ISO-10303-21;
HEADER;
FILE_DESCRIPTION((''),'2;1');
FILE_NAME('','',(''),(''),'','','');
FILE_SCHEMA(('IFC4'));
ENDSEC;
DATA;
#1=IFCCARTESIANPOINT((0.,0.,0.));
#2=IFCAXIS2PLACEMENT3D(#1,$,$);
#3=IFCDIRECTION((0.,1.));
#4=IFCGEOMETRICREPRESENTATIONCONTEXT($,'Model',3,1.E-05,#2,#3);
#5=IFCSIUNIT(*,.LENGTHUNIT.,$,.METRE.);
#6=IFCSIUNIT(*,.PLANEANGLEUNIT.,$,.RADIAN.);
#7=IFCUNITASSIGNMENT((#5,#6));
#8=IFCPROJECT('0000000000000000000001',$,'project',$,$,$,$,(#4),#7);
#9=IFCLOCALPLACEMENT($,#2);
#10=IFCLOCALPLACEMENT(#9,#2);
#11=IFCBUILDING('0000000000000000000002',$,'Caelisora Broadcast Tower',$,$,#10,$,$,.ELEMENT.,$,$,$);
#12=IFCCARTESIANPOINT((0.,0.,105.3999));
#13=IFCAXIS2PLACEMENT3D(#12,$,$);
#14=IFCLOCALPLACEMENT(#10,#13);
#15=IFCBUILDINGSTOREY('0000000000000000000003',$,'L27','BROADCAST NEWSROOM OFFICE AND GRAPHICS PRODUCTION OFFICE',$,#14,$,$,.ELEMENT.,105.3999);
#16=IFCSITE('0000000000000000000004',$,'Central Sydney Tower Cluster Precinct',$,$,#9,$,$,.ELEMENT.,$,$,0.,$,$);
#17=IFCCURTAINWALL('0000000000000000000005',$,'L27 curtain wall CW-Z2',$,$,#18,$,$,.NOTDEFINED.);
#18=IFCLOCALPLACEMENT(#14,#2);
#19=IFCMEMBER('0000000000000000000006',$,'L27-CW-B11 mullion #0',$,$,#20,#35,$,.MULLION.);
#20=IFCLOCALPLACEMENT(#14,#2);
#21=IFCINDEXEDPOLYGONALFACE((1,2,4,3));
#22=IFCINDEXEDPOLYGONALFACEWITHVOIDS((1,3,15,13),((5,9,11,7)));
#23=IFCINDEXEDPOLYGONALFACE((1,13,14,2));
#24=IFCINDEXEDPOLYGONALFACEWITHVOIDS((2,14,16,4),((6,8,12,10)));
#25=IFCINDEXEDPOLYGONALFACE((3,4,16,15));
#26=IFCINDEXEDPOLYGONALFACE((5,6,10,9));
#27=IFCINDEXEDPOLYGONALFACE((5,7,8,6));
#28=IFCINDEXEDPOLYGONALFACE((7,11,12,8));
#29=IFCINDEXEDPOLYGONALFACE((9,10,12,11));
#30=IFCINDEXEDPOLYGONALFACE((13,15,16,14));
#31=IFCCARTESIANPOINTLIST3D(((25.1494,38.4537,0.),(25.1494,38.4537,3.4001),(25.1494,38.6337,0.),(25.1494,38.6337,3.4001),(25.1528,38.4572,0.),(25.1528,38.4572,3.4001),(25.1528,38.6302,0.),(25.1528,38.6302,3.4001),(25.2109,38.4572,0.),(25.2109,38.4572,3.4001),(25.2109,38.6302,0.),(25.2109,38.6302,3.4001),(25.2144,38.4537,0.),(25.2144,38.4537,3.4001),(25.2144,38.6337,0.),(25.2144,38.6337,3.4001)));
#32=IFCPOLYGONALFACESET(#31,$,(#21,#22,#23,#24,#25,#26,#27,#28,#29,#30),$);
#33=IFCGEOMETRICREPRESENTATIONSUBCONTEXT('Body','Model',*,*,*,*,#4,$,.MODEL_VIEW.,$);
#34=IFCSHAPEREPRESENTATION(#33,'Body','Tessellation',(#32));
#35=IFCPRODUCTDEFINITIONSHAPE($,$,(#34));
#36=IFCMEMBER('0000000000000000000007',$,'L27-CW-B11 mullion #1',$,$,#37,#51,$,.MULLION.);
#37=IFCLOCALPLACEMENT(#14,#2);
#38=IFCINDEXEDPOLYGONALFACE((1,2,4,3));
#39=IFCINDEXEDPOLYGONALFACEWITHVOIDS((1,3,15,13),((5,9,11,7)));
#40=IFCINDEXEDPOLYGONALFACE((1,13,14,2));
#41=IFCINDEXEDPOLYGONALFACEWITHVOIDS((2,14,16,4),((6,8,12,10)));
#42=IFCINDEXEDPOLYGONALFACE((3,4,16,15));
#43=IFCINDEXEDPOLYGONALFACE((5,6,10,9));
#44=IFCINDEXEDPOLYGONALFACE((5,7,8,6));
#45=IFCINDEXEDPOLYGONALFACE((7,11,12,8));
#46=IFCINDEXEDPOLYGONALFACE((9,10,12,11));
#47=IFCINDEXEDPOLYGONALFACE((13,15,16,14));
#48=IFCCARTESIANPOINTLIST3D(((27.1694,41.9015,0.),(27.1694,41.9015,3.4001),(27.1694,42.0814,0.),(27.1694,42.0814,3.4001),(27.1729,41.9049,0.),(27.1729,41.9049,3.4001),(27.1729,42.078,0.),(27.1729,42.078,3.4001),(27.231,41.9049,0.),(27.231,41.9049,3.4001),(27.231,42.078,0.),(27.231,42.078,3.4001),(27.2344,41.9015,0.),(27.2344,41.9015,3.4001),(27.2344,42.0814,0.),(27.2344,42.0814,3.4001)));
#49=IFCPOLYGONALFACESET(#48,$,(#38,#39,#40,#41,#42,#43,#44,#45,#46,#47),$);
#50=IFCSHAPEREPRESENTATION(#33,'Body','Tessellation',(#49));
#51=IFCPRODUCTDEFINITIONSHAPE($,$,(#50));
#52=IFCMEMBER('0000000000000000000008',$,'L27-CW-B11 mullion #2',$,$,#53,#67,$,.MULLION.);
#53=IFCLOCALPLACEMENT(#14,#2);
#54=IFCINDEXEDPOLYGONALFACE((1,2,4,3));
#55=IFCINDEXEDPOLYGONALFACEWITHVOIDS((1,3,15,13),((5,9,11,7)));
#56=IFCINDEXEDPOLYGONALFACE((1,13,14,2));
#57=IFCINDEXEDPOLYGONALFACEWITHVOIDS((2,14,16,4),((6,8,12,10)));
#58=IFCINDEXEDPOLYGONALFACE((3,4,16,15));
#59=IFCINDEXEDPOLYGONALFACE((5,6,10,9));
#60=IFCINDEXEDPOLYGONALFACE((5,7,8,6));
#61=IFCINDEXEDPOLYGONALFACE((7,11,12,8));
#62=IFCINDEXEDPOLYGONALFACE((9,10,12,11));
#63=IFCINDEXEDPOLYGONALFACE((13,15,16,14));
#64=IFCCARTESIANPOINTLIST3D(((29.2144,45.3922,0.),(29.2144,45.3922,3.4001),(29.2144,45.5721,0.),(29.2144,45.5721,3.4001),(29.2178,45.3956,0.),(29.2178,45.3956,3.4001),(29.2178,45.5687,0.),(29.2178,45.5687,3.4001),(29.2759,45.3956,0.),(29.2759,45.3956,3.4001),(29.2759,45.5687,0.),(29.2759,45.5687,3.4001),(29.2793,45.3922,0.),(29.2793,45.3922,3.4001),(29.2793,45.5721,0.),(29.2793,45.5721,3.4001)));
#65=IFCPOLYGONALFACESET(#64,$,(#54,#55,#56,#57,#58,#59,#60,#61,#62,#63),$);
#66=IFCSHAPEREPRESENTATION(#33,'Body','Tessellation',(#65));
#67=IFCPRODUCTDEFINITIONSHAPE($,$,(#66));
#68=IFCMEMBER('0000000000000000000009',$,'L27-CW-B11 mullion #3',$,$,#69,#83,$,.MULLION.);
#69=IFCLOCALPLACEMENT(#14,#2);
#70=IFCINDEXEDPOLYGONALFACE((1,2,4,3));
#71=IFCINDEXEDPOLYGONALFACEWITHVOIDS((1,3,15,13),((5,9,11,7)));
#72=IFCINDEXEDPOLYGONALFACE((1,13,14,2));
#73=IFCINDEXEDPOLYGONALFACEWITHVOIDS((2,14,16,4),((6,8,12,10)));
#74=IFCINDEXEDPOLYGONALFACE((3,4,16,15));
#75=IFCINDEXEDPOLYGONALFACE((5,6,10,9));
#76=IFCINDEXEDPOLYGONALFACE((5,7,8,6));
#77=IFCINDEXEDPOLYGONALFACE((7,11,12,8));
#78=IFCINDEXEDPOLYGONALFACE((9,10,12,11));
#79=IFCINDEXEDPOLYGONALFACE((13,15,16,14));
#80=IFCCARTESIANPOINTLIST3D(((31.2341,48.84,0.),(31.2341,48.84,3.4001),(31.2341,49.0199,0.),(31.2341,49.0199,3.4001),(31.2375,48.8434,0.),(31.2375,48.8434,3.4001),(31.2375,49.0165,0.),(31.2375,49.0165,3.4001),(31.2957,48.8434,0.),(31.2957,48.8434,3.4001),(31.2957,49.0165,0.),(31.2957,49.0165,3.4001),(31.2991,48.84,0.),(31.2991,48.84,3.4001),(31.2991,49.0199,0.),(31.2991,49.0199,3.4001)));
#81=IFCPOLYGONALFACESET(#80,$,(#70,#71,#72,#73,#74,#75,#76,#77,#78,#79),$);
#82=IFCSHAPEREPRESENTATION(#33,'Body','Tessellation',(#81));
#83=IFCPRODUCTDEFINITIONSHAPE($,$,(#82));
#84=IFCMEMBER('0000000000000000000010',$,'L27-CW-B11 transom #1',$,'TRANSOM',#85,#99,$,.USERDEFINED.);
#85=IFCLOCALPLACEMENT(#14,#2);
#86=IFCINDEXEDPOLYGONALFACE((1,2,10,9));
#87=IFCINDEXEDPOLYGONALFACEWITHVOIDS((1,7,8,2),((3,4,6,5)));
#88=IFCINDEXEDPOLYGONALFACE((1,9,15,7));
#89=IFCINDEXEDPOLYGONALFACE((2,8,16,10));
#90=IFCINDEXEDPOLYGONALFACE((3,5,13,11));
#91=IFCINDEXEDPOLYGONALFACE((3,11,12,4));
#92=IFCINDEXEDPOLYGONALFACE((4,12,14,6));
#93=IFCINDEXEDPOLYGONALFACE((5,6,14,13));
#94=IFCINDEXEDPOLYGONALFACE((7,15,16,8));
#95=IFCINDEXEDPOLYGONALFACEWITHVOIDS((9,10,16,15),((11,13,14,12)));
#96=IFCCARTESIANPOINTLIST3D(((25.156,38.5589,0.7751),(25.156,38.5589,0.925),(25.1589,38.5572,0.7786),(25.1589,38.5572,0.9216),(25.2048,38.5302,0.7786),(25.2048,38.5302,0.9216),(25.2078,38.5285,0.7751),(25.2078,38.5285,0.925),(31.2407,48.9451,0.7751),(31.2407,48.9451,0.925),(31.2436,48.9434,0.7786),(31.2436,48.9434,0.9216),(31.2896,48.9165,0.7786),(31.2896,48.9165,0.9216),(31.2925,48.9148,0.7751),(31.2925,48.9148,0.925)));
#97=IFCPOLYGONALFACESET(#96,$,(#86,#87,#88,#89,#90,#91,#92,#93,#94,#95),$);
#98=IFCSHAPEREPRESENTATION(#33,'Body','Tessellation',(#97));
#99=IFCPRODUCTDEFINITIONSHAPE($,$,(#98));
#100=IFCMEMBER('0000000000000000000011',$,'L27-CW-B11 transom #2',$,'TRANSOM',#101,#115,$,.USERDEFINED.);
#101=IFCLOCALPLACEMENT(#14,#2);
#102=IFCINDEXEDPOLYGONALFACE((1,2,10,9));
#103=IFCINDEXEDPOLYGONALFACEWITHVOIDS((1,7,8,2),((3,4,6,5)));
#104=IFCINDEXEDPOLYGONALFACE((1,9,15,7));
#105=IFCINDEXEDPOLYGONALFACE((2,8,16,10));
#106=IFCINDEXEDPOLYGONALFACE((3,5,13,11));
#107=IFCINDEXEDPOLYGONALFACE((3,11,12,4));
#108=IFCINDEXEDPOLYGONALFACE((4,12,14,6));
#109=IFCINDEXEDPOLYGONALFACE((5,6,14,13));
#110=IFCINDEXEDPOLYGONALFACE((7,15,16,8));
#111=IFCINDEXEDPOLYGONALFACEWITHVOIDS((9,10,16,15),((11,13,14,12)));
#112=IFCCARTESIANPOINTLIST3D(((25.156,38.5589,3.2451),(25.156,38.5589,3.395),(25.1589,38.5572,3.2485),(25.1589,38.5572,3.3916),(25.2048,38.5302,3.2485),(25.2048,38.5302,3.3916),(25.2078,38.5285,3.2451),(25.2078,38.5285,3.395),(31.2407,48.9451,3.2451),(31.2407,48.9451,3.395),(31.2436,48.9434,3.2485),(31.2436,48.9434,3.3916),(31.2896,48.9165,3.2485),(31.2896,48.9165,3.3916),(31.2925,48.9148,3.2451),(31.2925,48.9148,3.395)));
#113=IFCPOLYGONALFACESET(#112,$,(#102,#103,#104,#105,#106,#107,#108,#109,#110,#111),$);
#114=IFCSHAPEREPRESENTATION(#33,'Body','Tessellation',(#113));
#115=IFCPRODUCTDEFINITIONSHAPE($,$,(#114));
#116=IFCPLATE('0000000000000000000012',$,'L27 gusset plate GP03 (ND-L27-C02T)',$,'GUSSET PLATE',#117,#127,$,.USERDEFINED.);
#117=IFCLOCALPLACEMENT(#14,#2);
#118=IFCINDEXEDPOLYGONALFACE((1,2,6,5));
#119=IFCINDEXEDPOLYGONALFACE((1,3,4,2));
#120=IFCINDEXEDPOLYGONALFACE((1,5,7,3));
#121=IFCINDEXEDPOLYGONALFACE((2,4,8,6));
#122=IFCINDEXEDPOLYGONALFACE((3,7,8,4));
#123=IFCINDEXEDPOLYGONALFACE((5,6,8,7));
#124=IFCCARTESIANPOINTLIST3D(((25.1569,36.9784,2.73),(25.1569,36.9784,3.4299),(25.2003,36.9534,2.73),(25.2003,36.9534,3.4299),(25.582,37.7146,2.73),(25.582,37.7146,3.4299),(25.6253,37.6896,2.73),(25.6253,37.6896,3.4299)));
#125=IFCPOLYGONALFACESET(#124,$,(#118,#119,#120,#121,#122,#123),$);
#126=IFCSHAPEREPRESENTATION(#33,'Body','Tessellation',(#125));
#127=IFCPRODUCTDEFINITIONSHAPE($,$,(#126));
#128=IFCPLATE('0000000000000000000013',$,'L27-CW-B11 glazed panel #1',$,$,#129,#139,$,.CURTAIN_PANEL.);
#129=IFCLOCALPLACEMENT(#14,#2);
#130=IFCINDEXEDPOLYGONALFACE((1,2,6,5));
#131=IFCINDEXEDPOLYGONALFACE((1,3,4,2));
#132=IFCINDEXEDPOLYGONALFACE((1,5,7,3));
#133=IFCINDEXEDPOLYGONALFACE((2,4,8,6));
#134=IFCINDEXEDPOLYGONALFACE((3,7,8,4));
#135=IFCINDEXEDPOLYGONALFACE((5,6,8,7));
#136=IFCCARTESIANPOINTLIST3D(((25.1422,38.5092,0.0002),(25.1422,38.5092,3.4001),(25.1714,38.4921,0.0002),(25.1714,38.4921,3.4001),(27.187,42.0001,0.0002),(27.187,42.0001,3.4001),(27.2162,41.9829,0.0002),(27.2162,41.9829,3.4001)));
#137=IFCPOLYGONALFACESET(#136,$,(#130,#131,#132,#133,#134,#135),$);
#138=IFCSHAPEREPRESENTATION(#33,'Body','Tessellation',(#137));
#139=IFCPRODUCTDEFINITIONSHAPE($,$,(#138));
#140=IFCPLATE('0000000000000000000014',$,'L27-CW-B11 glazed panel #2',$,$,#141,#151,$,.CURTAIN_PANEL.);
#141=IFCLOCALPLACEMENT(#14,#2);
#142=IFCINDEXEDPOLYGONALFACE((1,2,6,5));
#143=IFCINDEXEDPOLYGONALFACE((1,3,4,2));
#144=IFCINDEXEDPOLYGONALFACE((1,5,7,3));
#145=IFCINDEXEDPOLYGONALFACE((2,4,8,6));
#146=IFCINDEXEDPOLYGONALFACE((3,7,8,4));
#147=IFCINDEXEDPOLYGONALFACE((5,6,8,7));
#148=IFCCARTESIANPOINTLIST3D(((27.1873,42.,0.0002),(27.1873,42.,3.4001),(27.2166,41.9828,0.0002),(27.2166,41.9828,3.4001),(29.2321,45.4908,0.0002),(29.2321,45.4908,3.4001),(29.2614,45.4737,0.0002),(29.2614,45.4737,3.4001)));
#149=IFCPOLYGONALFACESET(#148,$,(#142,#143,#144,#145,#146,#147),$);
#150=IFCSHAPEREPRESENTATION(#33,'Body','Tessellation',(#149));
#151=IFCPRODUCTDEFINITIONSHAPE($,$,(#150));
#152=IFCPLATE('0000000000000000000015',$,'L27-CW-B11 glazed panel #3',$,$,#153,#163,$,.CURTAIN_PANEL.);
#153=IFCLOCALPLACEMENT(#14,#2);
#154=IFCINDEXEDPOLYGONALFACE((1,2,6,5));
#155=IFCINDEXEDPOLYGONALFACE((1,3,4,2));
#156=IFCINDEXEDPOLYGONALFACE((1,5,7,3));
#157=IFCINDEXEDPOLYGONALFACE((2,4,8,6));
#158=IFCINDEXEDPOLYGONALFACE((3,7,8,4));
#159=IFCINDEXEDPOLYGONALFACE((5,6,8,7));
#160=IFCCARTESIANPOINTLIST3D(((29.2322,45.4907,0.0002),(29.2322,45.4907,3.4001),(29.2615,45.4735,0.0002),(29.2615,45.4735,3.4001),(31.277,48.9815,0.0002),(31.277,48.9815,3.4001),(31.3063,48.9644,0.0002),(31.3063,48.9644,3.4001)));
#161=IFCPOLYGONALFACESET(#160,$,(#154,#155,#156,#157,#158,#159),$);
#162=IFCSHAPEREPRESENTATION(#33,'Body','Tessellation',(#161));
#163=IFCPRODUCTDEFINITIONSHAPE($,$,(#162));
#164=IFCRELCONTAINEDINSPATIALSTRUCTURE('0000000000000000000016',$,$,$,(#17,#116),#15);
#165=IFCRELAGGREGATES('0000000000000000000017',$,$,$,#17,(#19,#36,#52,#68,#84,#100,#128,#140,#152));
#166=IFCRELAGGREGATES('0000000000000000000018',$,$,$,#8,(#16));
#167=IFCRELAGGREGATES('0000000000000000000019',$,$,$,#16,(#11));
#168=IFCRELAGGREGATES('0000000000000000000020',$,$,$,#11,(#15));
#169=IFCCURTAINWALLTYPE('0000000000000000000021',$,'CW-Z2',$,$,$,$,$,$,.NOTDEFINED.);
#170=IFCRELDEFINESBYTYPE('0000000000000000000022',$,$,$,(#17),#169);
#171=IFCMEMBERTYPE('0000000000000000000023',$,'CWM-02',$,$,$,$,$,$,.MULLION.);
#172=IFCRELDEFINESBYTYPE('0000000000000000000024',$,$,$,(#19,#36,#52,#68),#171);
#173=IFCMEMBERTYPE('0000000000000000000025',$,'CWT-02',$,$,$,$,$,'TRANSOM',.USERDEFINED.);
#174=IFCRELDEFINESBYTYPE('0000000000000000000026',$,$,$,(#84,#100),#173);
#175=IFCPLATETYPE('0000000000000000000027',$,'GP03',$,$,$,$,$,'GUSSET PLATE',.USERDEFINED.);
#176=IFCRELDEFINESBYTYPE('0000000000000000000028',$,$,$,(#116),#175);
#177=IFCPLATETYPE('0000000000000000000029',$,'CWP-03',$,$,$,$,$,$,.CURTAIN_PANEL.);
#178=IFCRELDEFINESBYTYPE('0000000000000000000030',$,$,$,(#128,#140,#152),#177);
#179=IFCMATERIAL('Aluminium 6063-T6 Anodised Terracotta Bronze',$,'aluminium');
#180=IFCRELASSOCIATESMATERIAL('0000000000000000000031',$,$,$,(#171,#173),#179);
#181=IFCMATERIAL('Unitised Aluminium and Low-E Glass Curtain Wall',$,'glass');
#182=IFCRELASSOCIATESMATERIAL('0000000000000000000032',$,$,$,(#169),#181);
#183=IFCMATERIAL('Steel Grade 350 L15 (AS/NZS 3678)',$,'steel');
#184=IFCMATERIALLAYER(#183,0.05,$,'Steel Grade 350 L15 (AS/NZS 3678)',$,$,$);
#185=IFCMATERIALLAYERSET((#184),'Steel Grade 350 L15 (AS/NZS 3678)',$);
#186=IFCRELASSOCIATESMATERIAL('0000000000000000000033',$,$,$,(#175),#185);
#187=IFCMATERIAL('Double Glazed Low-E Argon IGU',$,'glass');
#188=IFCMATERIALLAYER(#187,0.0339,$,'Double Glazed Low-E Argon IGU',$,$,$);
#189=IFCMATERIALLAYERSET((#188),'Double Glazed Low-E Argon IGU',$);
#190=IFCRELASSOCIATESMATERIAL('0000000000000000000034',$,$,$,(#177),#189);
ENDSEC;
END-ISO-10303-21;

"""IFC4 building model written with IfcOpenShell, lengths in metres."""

from ifc_helpers import new_model, si_unit, direction, frame, origin, origin_2d, place, context, subcontext, project, spatial, rectangle, hollow_rectangle, extrude, source, transform, mapped, material, layer, layer_set, material_profile, profile_set, type_object, type_shapes, element, aggregate, save


model = new_model("IFC4")

# Units and contexts
model_context = context("Model", 3, precision=1e-05, world=origin(), true_north=direction((0.0, 1.0)))
body_context = subcontext(model_context, "Body", "Model", "MODEL_VIEW")
ifc_project = project(units=[si_unit("LENGTHUNIT", "METRE"), si_unit("PLANEANGLEUNIT", "RADIAN")], contexts=[model_context])

# Site, building, storey
site_placement = place(None, origin())
site = spatial("IfcSite", under=ifc_project, at=site_placement, Name="Central Sydney Tower Cluster Precinct", CompositionType="ELEMENT", RefElevation=0.0)
building_placement = place(site_placement, origin())
building = spatial("IfcBuilding", under=site, at=building_placement, Name="Caelisora Broadcast Tower", CompositionType="ELEMENT")
storey_placement = place(building_placement, frame((0.0, 0.0, 105.3999)))
storey = spatial("IfcBuildingStorey", under=building, at=storey_placement, Name="L27", Description="BROADCAST NEWSROOM OFFICE AND GRAPHICS PRODUCTION OFFICE", CompositionType="ELEMENT", Elevation=105.3999)

# Shared definitions
ifc_material_1 = material(Name="Steel Grade 350 L15 (AS/NZS 3678)", Category="steel")

# Shared definitions
ifc_material_2 = material(Name="Aluminium 6063-T6 Anodised Terracotta Bronze", Category="aluminium")
ifc_material_profile_1 = material_profile(ifc_material_2, hollow_rectangle(XDim=0.0649, YDim=0.1799, WallThickness=0.0034, at=origin_2d()), Name="Aluminium 6063-T6 Anodised Terracotta Bronze")
ifc_profile_set_1 = profile_set([ifc_material_profile_1], Name="Aluminium 6063-T6 Anodised Terracotta Bronze")
member_type_1 = type_object("IfcMemberType", Name="CWM-02", PredefinedType="MULLION", material=ifc_profile_set_1)
shared_shape_1 = source(origin(), body_context, "Body", "SweptSolid", [
    extrude(hollow_rectangle(XDim=0.0649, YDim=0.1799, WallThickness=0.0034, at=origin_2d()), origin(), (0.0, 0.0, 1.0), 3.4001),
])
type_shapes(member_type_1, [shared_shape_1])

# Curtain wall, members
ifc_material_3 = material(Name="Unitised Aluminium and Low-E Glass Curtain Wall", Category="glass")
curtain_wall_type_1 = type_object("IfcCurtainWallType", Name="CW-Z2", PredefinedType="NOTDEFINED", material=ifc_material_3)
curtain_wall_1_placement = place(storey_placement, origin())
curtain_wall_1 = element("IfcCurtainWall", 1, at=curtain_wall_1_placement, inside=storey, type_object=curtain_wall_type_1, Name="L27 curtain wall CW-Z2", PredefinedType="NOTDEFINED")
member_1_placement = place(storey_placement, frame((25.1819, 38.5437, 0.0), z_axis=(0.0, 0.0, 1.0), x_axis=(1.0, 0.0, 0.0)))
member_1 = element("IfcMember", 2, at=member_1_placement, type_object=member_type_1, Name="L27-CW-B11 mullion #0", PredefinedType="MULLION", context=body_context, shape_type="MappedRepresentation", body=[
    mapped(shared_shape_1, transform((0.0, 0.0, 0.0), scale=1.0)),
])
member_2_placement = place(storey_placement, frame((27.2019, 41.9915, 0.0), z_axis=(0.0, 0.0, 1.0), x_axis=(1.0, 0.0, 0.0)))
member_2 = element("IfcMember", 3, at=member_2_placement, type_object=member_type_1, Name="L27-CW-B11 mullion #1", PredefinedType="MULLION", context=body_context, shape_type="MappedRepresentation", body=[
    mapped(shared_shape_1, transform((0.0, 0.0, 0.0), scale=1.0)),
])
member_3_placement = place(storey_placement, frame((29.2468, 45.4822, 0.0), z_axis=(0.0, 0.0, 1.0), x_axis=(1.0, 0.0, 0.0)))
member_3 = element("IfcMember", 4, at=member_3_placement, type_object=member_type_1, Name="L27-CW-B11 mullion #2", PredefinedType="MULLION", context=body_context, shape_type="MappedRepresentation", body=[
    mapped(shared_shape_1, transform((0.0, 0.0, 0.0), scale=1.0)),
])
member_4_placement = place(storey_placement, frame((31.2666, 48.9299, 0.0), z_axis=(0.0, 0.0, 1.0), x_axis=(1.0, 0.0, 0.0)))
member_4 = element("IfcMember", 5, at=member_4_placement, type_object=member_type_1, Name="L27-CW-B11 mullion #3", PredefinedType="MULLION", context=body_context, shape_type="MappedRepresentation", body=[
    mapped(shared_shape_1, transform((0.0, 0.0, 0.0), scale=1.0)),
])
ifc_material_profile_2 = material_profile(ifc_material_2, hollow_rectangle(XDim=0.0601, YDim=0.1499, WallThickness=0.0034, at=origin_2d()), Name="Aluminium 6063-T6 Anodised Terracotta Bronze")
ifc_profile_set_2 = profile_set([ifc_material_profile_2], Name="Aluminium 6063-T6 Anodised Terracotta Bronze")
member_type_2 = type_object("IfcMemberType", Name="CWT-02", ElementType="TRANSOM", PredefinedType="USERDEFINED", material=ifc_profile_set_2)
shared_shape_2 = source(origin(), body_context, "Body", "SweptSolid", [
    extrude(hollow_rectangle(XDim=0.0601, YDim=0.1499, WallThickness=0.0034, at=origin_2d()), origin(), (0.0, 0.0, 1.0), 12.0374),
])
type_shapes(member_type_2, [shared_shape_2])
member_5_placement = place(storey_placement, frame((25.1819, 38.5437, 0.8501), z_axis=(0.505487, 0.862834, 0.0), x_axis=(-0.862834, 0.505487, 0.0)))
member_5 = element("IfcMember", 6, at=member_5_placement, type_object=member_type_2, Name="L27-CW-B11 transom #1", ObjectType="TRANSOM", PredefinedType="USERDEFINED", context=body_context, shape_type="MappedRepresentation", body=[
    mapped(shared_shape_2, transform((0.0, 0.0, 0.0), scale=1.0)),
])
member_6_placement = place(storey_placement, frame((25.1819, 38.5437, 3.3201), z_axis=(0.505487, 0.862834, 0.0), x_axis=(-0.862834, 0.505487, 0.0)))
member_6 = element("IfcMember", 7, at=member_6_placement, type_object=member_type_2, Name="L27-CW-B11 transom #2", ObjectType="TRANSOM", PredefinedType="USERDEFINED", context=body_context, shape_type="MappedRepresentation", body=[
    mapped(shared_shape_2, transform((0.0, 0.0, 0.0), scale=1.0)),
])

# Plates
ifc_layer_1 = layer(ifc_material_1, 0.05, Name="Steel Grade 350 L15 (AS/NZS 3678)")
ifc_layer_set_1 = layer_set([ifc_layer_1], Name="Steel Grade 350 L15 (AS/NZS 3678)")
plate_type_1 = type_object("IfcPlateType", Name="GP03", ElementType="GUSSET PLATE", PredefinedType="USERDEFINED", material=ifc_layer_set_1)
shared_shape_3 = source(origin(), body_context, "Body", "SweptSolid", [
    extrude(rectangle(XDim=0.8501, YDim=0.05, at=origin_2d()), origin(), (0.0, 0.0, 1.0), 0.7),
])
type_shapes(plate_type_1, [shared_shape_3])
plate_1_placement = place(storey_placement, frame((25.3911, 37.334, 2.73), z_axis=(0.0, 0.0, 1.0), x_axis=(-0.5, -0.866025, 0.0)))
element("IfcPlate", 8, at=plate_1_placement, inside=storey, type_object=plate_type_1, Name="L27 gusset plate GP03 (ND-L27-C02T)", ObjectType="GUSSET PLATE", PredefinedType="USERDEFINED", context=body_context, shape_type="MappedRepresentation", body=[
    mapped(shared_shape_3, transform((0.0, 0.0, 0.0), scale=1.0)),
])
ifc_material_4 = material(Name="Double Glazed Low-E Argon IGU", Category="glass")
ifc_layer_2 = layer(ifc_material_4, 0.0339, Name="Double Glazed Low-E Argon IGU")
ifc_layer_set_2 = layer_set([ifc_layer_2], Name="Double Glazed Low-E Argon IGU")
plate_type_2 = type_object("IfcPlateType", Name="CWP-03", PredefinedType="CURTAIN_PANEL", material=ifc_layer_set_2)
shared_shape_4 = source(origin(), body_context, "Body", "SweptSolid", [
    extrude(rectangle(XDim=4.0457, YDim=0.0339, at=origin_2d()), origin(), (0.0, 0.0, 1.0), 3.3999),
])
type_shapes(plate_type_2, [shared_shape_4])
plate_2_placement = place(storey_placement, frame((26.1792, 40.2461, 0.0002), z_axis=(0.0, 0.0, 1.0), x_axis=(0.505431, 0.862867, 0.0)))
plate_2 = element("IfcPlate", 9, at=plate_2_placement, type_object=plate_type_2, Name="L27-CW-B11 glazed panel #1", PredefinedType="CURTAIN_PANEL", context=body_context, shape_type="MappedRepresentation", body=[
    mapped(shared_shape_4, transform((0.0, 0.0, 0.0), scale=1.0)),
])
plate_3_placement = place(storey_placement, frame((28.2244, 43.7368, 0.0002), z_axis=(0.0, 0.0, 1.0), x_axis=(0.505431, 0.862867, 0.0)))
plate_3 = element("IfcPlate", 10, at=plate_3_placement, type_object=plate_type_2, Name="L27-CW-B11 glazed panel #2", PredefinedType="CURTAIN_PANEL", context=body_context, shape_type="MappedRepresentation", body=[
    mapped(shared_shape_4, transform((0.0, 0.0, 0.0), scale=1.0)),
])
plate_4_placement = place(storey_placement, frame((30.2693, 47.2275, 0.0002), z_axis=(0.0, 0.0, 1.0), x_axis=(0.505431, 0.862867, 0.0)))
plate_4 = element("IfcPlate", 11, at=plate_4_placement, type_object=plate_type_2, Name="L27-CW-B11 glazed panel #3", PredefinedType="CURTAIN_PANEL", context=body_context, shape_type="MappedRepresentation", body=[
    mapped(shared_shape_4, transform((0.0, 0.0, 0.0), scale=1.0)),
])
aggregate(curtain_wall_1, [member_1, member_2, member_3, member_4, member_5, member_6, plate_2, plate_3, plate_4])

save(model, "model.ifc")
